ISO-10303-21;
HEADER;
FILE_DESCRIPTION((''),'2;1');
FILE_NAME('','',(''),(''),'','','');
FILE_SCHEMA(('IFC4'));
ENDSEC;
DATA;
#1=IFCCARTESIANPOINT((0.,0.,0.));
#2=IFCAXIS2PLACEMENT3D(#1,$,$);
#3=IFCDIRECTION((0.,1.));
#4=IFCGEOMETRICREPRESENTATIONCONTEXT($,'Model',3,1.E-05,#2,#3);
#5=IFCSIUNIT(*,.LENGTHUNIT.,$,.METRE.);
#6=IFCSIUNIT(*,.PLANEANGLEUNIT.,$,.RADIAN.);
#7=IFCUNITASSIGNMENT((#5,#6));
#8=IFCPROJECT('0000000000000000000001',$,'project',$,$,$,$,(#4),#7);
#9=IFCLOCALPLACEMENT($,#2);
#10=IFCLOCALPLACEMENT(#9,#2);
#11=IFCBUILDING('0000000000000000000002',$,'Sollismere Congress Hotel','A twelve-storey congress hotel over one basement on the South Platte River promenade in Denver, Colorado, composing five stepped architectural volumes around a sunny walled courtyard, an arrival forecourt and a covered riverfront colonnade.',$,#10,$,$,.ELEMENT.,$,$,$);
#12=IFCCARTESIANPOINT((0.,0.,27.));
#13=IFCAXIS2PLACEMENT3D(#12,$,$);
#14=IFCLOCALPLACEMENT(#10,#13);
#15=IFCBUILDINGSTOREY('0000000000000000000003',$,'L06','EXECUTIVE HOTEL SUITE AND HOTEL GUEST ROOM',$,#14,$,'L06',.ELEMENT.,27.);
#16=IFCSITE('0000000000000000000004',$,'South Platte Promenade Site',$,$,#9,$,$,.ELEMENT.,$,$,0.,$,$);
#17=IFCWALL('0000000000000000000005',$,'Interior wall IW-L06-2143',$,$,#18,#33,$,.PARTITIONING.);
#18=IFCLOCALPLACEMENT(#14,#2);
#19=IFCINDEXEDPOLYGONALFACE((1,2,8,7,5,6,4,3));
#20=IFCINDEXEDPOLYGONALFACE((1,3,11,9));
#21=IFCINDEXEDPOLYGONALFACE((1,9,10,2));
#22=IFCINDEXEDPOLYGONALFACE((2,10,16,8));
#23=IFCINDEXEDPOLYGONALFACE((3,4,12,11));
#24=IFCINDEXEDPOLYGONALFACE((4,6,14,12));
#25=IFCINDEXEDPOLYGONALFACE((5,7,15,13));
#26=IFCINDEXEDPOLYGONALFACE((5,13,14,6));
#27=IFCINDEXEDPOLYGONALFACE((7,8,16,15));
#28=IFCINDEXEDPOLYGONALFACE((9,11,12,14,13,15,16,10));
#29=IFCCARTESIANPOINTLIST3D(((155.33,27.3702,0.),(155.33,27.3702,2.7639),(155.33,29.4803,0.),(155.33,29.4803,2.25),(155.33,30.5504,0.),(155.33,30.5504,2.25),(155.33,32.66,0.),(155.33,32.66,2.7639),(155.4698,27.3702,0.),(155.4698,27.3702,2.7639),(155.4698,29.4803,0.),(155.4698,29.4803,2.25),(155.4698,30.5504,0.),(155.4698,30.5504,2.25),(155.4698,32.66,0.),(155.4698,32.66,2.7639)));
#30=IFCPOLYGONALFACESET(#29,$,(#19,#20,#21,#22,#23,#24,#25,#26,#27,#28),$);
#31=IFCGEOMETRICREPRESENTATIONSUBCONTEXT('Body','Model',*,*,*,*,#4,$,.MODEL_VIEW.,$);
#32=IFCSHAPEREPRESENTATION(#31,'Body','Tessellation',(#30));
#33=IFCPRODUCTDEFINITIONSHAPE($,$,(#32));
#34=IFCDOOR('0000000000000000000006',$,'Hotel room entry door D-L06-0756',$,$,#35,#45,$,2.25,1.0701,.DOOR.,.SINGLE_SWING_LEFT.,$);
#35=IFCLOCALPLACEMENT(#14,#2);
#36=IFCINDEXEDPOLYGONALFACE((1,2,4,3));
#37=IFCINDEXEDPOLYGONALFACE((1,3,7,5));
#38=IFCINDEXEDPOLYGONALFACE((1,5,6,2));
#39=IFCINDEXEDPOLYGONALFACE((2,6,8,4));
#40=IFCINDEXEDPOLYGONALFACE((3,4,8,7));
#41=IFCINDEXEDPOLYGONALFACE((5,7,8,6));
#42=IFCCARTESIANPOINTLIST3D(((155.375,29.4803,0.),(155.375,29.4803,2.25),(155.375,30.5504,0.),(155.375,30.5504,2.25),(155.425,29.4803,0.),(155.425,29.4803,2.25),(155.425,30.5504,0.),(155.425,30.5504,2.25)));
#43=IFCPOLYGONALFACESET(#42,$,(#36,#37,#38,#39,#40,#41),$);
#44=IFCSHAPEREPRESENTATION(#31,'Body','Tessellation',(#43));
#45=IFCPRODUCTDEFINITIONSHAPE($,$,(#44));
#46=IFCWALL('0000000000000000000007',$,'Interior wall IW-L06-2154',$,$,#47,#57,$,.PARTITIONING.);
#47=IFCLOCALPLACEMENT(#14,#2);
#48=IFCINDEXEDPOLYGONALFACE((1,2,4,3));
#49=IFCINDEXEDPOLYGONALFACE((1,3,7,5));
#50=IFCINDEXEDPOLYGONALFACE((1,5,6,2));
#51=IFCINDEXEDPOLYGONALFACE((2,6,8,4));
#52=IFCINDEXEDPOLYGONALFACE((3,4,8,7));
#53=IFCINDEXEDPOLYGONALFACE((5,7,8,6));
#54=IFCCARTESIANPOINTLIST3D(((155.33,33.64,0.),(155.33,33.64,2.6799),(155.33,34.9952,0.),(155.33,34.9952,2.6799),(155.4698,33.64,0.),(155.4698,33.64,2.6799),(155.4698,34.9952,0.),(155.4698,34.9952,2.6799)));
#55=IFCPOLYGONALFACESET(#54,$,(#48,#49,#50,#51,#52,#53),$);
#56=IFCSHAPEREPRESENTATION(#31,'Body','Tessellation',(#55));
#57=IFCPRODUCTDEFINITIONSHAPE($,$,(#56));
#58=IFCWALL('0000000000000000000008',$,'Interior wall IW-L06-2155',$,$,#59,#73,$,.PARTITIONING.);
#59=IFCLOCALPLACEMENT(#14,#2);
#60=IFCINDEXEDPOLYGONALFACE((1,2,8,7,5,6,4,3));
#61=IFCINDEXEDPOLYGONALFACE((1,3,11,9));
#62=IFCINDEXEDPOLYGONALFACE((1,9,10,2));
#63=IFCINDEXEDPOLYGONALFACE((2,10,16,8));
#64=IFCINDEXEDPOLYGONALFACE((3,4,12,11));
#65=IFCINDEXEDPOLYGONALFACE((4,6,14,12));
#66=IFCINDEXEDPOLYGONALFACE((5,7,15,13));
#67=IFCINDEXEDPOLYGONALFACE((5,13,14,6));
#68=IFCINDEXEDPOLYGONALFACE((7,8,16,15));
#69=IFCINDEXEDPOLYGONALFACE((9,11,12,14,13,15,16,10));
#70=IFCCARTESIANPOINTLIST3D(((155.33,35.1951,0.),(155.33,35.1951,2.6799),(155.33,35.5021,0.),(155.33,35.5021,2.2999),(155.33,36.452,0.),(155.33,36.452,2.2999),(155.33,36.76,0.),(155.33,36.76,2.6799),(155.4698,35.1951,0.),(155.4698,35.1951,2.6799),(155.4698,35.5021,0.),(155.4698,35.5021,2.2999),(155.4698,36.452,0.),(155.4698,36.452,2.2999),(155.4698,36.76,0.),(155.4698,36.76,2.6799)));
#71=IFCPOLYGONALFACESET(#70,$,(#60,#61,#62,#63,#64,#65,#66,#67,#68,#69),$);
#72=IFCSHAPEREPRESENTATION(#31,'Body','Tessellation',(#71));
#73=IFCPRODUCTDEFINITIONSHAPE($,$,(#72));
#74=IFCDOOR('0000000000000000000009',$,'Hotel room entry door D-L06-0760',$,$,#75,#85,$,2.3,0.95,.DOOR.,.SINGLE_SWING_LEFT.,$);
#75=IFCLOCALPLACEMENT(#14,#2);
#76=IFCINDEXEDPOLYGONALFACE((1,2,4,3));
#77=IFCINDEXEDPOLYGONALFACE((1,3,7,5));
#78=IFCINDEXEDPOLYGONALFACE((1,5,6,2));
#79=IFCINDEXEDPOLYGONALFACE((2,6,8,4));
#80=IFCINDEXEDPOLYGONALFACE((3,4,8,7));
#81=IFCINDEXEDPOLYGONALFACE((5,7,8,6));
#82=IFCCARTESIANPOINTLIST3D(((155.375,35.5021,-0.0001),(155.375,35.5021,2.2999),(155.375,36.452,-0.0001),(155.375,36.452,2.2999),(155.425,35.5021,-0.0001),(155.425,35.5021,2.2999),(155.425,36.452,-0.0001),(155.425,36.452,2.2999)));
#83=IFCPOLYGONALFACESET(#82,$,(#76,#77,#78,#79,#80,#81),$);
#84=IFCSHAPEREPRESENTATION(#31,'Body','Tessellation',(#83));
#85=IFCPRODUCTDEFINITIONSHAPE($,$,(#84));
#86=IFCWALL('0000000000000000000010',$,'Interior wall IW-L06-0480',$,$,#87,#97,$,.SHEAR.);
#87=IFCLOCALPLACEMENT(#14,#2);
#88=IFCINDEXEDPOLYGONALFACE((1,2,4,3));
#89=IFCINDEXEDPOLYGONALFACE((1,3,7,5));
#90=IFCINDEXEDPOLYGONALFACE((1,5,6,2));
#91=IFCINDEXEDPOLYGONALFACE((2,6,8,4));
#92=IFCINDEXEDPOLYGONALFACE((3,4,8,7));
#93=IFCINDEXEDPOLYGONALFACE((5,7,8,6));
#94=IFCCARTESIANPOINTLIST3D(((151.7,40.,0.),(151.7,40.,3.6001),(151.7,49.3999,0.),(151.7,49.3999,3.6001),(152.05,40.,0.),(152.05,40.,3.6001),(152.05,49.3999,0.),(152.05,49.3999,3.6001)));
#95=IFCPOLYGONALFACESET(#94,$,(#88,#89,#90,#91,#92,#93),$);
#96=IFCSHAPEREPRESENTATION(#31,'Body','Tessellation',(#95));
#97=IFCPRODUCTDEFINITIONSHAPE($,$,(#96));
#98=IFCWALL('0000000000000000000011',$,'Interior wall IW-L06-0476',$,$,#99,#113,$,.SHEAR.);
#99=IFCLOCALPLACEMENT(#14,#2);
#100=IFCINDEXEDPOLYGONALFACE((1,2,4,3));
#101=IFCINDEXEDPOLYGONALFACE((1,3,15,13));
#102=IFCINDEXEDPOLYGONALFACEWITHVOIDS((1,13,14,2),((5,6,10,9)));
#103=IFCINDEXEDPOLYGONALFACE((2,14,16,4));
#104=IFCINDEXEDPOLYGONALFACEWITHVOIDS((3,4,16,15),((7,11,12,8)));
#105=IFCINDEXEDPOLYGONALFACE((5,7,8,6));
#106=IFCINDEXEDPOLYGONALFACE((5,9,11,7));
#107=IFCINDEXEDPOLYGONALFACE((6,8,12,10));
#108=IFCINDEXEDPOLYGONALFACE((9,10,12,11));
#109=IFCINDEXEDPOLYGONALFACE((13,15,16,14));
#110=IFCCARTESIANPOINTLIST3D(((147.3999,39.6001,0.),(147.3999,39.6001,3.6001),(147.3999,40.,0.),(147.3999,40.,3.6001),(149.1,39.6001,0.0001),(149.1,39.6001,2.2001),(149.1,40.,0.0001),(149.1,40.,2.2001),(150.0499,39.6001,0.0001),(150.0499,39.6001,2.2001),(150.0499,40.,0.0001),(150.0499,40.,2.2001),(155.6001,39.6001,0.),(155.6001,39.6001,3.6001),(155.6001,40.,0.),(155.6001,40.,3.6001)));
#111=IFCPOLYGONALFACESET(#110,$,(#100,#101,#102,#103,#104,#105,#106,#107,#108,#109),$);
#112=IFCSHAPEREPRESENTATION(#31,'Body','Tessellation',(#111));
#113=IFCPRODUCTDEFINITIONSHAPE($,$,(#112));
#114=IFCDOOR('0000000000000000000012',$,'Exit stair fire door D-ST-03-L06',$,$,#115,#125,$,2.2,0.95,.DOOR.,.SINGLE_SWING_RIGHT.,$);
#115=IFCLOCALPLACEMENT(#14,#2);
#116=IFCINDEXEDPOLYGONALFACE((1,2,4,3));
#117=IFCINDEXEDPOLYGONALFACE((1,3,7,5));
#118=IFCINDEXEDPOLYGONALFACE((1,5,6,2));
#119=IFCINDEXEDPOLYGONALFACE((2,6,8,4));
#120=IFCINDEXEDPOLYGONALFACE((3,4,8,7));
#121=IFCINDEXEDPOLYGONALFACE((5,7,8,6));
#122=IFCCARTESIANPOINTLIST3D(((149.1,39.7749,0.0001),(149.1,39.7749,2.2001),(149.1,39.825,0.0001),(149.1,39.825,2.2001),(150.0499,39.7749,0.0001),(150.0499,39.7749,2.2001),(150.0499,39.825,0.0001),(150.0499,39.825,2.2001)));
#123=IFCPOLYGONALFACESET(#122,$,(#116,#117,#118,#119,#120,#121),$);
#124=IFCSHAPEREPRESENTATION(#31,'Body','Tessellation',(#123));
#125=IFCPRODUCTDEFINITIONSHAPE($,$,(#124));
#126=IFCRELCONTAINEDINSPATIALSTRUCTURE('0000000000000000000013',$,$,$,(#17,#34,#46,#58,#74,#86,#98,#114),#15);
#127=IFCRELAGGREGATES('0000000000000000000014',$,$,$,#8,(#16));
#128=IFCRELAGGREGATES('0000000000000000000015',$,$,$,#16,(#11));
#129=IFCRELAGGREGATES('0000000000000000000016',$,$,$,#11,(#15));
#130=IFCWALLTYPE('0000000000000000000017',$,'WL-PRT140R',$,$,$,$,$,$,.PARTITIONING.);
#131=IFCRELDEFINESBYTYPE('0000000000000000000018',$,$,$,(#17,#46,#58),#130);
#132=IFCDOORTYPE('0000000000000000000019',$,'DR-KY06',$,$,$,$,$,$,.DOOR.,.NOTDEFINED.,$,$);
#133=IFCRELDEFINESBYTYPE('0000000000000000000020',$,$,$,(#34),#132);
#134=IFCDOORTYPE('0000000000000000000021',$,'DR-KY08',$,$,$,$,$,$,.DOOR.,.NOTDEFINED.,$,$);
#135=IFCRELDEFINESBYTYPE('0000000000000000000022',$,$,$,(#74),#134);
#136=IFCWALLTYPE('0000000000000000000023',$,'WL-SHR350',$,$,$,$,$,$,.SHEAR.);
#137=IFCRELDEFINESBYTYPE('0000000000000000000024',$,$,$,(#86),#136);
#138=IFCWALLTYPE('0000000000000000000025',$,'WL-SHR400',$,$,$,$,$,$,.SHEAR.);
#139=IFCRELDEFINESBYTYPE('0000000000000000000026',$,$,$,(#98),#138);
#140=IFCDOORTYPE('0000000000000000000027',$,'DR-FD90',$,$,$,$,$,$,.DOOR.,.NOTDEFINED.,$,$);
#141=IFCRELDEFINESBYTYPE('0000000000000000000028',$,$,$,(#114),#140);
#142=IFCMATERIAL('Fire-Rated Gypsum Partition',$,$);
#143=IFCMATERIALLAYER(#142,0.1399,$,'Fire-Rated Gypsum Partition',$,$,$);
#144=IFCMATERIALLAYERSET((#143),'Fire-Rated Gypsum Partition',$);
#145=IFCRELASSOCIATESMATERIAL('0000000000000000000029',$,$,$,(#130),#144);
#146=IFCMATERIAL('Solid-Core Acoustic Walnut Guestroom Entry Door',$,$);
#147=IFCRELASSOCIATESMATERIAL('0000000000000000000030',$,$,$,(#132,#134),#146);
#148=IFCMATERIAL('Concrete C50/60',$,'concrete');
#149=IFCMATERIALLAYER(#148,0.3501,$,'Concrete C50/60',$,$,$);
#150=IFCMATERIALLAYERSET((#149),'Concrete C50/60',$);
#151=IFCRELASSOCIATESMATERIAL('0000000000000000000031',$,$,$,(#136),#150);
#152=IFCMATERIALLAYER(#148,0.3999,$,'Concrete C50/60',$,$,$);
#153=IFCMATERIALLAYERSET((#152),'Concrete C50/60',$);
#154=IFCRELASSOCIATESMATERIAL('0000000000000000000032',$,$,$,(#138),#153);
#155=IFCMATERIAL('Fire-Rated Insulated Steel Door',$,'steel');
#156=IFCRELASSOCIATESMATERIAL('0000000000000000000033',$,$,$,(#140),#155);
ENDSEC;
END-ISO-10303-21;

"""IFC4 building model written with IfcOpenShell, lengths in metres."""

from ifc_helpers import new_model, si_unit, direction, frame, frame_2d, origin, place, context, subcontext, project, spatial, rectangle, extrude, material, layer, layer_set, type_object, element, fill, save


model = new_model("IFC4")

# Units and contexts
model_context = context("Model", 3, precision=1e-05, world=origin(), true_north=direction((0.0, 1.0)))
body_context = subcontext(model_context, "Body", "Model", "MODEL_VIEW")
ifc_project = project(units=[si_unit("LENGTHUNIT", "METRE"), si_unit("PLANEANGLEUNIT", "RADIAN")], contexts=[model_context])

# Site, building, storey
site_placement = place(None, origin())
site = spatial("IfcSite", under=ifc_project, at=site_placement, Name="South Platte Promenade Site", CompositionType="ELEMENT", RefElevation=0.0)
building_placement = place(site_placement, origin())
building = spatial("IfcBuilding", under=site, at=building_placement, Name="Sollismere Congress Hotel", Description="A twelve-storey congress hotel over one basement on the South Platte River promenade in Denver, Colorado, composing five stepped architectural volumes around a sunny walled courtyard, an arrival forecourt and a covered riverfront colonnade.", CompositionType="ELEMENT")
storey_placement = place(building_placement, frame((0.0, 0.0, 27.0)))
storey = spatial("IfcBuildingStorey", under=building, at=storey_placement, Name="L06", Description="EXECUTIVE HOTEL SUITE AND HOTEL GUEST ROOM", LongName="L06", CompositionType="ELEMENT", Elevation=27.0)

# Shared definitions
ifc_material_1 = material(Name="Fire-Rated Gypsum Partition")
ifc_layer_1 = layer(ifc_material_1, 0.1399, Name="Fire-Rated Gypsum Partition")
ifc_layer_set_1 = layer_set([ifc_layer_1], Name="Fire-Rated Gypsum Partition")
wall_type_1 = type_object("IfcWallType", Name="WL-PRT140R", PredefinedType="PARTITIONING", material=ifc_layer_set_1)

# Shared definitions
ifc_material_2 = material(Name="Solid-Core Acoustic Walnut Guestroom Entry Door")

# Wall, opening, door
wall_1_placement = place(storey_placement, frame((155.3999, 27.3701, 0.0), z_axis=(0.0, 0.0, 1.0), x_axis=(0.0, 1.0, 0.0)))
wall_1 = element("IfcWall", 1, at=wall_1_placement, inside=storey, type_object=wall_type_1, Name="Interior wall IW-L06-2143", PredefinedType="PARTITIONING", context=body_context, shape_type="SweptSolid", body=[
    extrude(rectangle(XDim=5.2898, YDim=0.1399, at=frame_2d((2.645, 0.0))), origin(), (0.0, 0.0, 1.0), 2.7639),
])
opening_1_placement = place(wall_1_placement, frame((2.1101, 0.0, 0.0)))
opening_1 = element("IfcOpeningElement", 2, at=opening_1_placement, cuts=wall_1, PredefinedType="OPENING", context=body_context, shape_type="SweptSolid", body=[
    extrude(rectangle(XDim=1.0701, YDim=2.25, at=frame_2d((0.5352, 1.125))), frame((0.0, 0.0798, 0.0), z_axis=(0.0, -1.0, 0.0), x_axis=(1.0, 0.0, 0.0)), (0.0, 0.0, 1.0), 0.1599),
])
door_type_1 = type_object("IfcDoorType", Name="DR-KY06", OperationType="NOTDEFINED", PredefinedType="DOOR", material=ifc_material_2)
door_1_placement = place(opening_1_placement, origin())
door_1 = element("IfcDoor", 3, at=door_1_placement, inside=storey, type_object=door_type_1, Name="Hotel room entry door D-L06-0756", OperationType="SINGLE_SWING_LEFT", OverallHeight=2.25, OverallWidth=1.0701, PredefinedType="DOOR", context=body_context, shape_type="SweptSolid", body=[
    extrude(rectangle(XDim=1.0701, YDim=2.25, at=frame_2d((0.5352, 1.125))), frame((0.0, 0.0249, 0.0), z_axis=(0.0, -1.0, 0.0), x_axis=(1.0, 0.0, 0.0)), (0.0, 0.0, 1.0), 0.05),
])
fill(opening_1, door_1)

# Wall
wall_2_placement = place(storey_placement, frame((155.3999, 33.6399, 0.0), z_axis=(0.0, 0.0, 1.0), x_axis=(0.0, 1.0, 0.0)))
element("IfcWall", 4, at=wall_2_placement, inside=storey, type_object=wall_type_1, Name="Interior wall IW-L06-2154", PredefinedType="PARTITIONING", context=body_context, shape_type="SweptSolid", body=[
    extrude(rectangle(XDim=1.3552, YDim=0.1399, at=frame_2d((0.6777, 0.0))), origin(), (0.0, 0.0, 1.0), 2.6799),
])

# Wall, opening, door
wall_3_placement = place(storey_placement, frame((155.3999, 35.1951, 0.0), z_axis=(0.0, 0.0, 1.0), x_axis=(0.0, 1.0, 0.0)))
wall_3 = element("IfcWall", 5, at=wall_3_placement, inside=storey, type_object=wall_type_1, Name="Interior wall IW-L06-2155", PredefinedType="PARTITIONING", context=body_context, shape_type="SweptSolid", body=[
    extrude(rectangle(XDim=1.5649, YDim=0.1399, at=frame_2d((0.7825, 0.0))), origin(), (0.0, 0.0, 1.0), 2.6799),
])
opening_2_placement = place(wall_3_placement, frame((0.3069, 0.0, 0.0)))
opening_2 = element("IfcOpeningElement", 6, at=opening_2_placement, cuts=wall_3, PredefinedType="OPENING", context=body_context, shape_type="SweptSolid", body=[
    extrude(rectangle(XDim=0.95, YDim=2.3, at=frame_2d((0.4751, 1.1499))), frame((0.0, 0.0798, 0.0), z_axis=(0.0, -1.0, 0.0), x_axis=(1.0, 0.0, 0.0)), (0.0, 0.0, 1.0), 0.1599),
])
door_type_2 = type_object("IfcDoorType", Name="DR-KY08", OperationType="NOTDEFINED", PredefinedType="DOOR", material=ifc_material_2)
door_2_placement = place(opening_2_placement, origin())
door_2 = element("IfcDoor", 7, at=door_2_placement, inside=storey, type_object=door_type_2, Name="Hotel room entry door D-L06-0760", OperationType="SINGLE_SWING_LEFT", OverallHeight=2.3, OverallWidth=0.95, PredefinedType="DOOR", context=body_context, shape_type="SweptSolid", body=[
    extrude(rectangle(XDim=0.95, YDim=2.3, at=frame_2d((0.4751, 1.1499))), frame((0.0, 0.0249, 0.0), z_axis=(0.0, -1.0, 0.0), x_axis=(1.0, 0.0, 0.0)), (0.0, 0.0, 1.0), 0.05),
])
fill(opening_2, door_2)

# Wall
ifc_material_3 = material(Name="Concrete C50/60", Category="concrete")
ifc_layer_2 = layer(ifc_material_3, 0.3501, Name="Concrete C50/60")
ifc_layer_set_2 = layer_set([ifc_layer_2], Name="Concrete C50/60")
wall_type_2 = type_object("IfcWallType", Name="WL-SHR350", PredefinedType="SHEAR", material=ifc_layer_set_2)
wall_4_placement = place(storey_placement, frame((151.875, 40.0, 0.0), z_axis=(0.0, 0.0, 1.0), x_axis=(0.0, 1.0, 0.0)))
element("IfcWall", 8, at=wall_4_placement, inside=storey, type_object=wall_type_2, Name="Interior wall IW-L06-0480", PredefinedType="SHEAR", context=body_context, shape_type="SweptSolid", body=[
    extrude(rectangle(XDim=9.3999, YDim=0.3501, at=frame_2d((4.7, 0.0))), origin(), (0.0, 0.0, 1.0), 3.6001),
])

# Wall, opening, door
ifc_layer_3 = layer(ifc_material_3, 0.3999, Name="Concrete C50/60")
ifc_layer_set_3 = layer_set([ifc_layer_3], Name="Concrete C50/60")
wall_type_3 = type_object("IfcWallType", Name="WL-SHR400", PredefinedType="SHEAR", material=ifc_layer_set_3)
wall_5_placement = place(storey_placement, frame((147.3999, 39.8, 0.0), z_axis=(0.0, 0.0, 1.0), x_axis=(1.0, 0.0, 0.0)))
wall_5 = element("IfcWall", 9, at=wall_5_placement, inside=storey, type_object=wall_type_3, Name="Interior wall IW-L06-0476", PredefinedType="SHEAR", context=body_context, shape_type="SweptSolid", body=[
    extrude(rectangle(XDim=8.2002, YDim=0.3999, at=frame_2d((4.1001, 0.0))), origin(), (0.0, 0.0, 1.0), 3.6001),
])
opening_3_placement = place(wall_5_placement, frame((1.7, 0.0, 0.0)))
opening_3 = element("IfcOpeningElement", 10, at=opening_3_placement, cuts=wall_5, PredefinedType="OPENING", context=body_context, shape_type="SweptSolid", body=[
    extrude(rectangle(XDim=0.95, YDim=2.2, at=frame_2d((0.4751, 1.1001))), frame((0.0, 0.21, 0.0), z_axis=(0.0, -1.0, 0.0), x_axis=(1.0, 0.0, 0.0)), (0.0, 0.0, 1.0), 0.4199),
])
ifc_material_4 = material(Name="Fire-Rated Insulated Steel Door", Category="steel")
door_type_3 = type_object("IfcDoorType", Name="DR-FD90", OperationType="NOTDEFINED", PredefinedType="DOOR", material=ifc_material_4)
door_3_placement = place(opening_3_placement, origin())
door_3 = element("IfcDoor", 11, at=door_3_placement, inside=storey, type_object=door_type_3, Name="Exit stair fire door D-ST-03-L06", OperationType="SINGLE_SWING_RIGHT", OverallHeight=2.2, OverallWidth=0.95, PredefinedType="DOOR", context=body_context, shape_type="SweptSolid", body=[
    extrude(rectangle(XDim=0.95, YDim=2.2, at=frame_2d((0.4751, 1.1001))), frame((0.0, 0.0249, 0.0), z_axis=(0.0, -1.0, 0.0), x_axis=(1.0, 0.0, 0.0)), (0.0, 0.0, 1.0), 0.05),
])
fill(opening_3, door_3)

save(model, "model.ifc")
